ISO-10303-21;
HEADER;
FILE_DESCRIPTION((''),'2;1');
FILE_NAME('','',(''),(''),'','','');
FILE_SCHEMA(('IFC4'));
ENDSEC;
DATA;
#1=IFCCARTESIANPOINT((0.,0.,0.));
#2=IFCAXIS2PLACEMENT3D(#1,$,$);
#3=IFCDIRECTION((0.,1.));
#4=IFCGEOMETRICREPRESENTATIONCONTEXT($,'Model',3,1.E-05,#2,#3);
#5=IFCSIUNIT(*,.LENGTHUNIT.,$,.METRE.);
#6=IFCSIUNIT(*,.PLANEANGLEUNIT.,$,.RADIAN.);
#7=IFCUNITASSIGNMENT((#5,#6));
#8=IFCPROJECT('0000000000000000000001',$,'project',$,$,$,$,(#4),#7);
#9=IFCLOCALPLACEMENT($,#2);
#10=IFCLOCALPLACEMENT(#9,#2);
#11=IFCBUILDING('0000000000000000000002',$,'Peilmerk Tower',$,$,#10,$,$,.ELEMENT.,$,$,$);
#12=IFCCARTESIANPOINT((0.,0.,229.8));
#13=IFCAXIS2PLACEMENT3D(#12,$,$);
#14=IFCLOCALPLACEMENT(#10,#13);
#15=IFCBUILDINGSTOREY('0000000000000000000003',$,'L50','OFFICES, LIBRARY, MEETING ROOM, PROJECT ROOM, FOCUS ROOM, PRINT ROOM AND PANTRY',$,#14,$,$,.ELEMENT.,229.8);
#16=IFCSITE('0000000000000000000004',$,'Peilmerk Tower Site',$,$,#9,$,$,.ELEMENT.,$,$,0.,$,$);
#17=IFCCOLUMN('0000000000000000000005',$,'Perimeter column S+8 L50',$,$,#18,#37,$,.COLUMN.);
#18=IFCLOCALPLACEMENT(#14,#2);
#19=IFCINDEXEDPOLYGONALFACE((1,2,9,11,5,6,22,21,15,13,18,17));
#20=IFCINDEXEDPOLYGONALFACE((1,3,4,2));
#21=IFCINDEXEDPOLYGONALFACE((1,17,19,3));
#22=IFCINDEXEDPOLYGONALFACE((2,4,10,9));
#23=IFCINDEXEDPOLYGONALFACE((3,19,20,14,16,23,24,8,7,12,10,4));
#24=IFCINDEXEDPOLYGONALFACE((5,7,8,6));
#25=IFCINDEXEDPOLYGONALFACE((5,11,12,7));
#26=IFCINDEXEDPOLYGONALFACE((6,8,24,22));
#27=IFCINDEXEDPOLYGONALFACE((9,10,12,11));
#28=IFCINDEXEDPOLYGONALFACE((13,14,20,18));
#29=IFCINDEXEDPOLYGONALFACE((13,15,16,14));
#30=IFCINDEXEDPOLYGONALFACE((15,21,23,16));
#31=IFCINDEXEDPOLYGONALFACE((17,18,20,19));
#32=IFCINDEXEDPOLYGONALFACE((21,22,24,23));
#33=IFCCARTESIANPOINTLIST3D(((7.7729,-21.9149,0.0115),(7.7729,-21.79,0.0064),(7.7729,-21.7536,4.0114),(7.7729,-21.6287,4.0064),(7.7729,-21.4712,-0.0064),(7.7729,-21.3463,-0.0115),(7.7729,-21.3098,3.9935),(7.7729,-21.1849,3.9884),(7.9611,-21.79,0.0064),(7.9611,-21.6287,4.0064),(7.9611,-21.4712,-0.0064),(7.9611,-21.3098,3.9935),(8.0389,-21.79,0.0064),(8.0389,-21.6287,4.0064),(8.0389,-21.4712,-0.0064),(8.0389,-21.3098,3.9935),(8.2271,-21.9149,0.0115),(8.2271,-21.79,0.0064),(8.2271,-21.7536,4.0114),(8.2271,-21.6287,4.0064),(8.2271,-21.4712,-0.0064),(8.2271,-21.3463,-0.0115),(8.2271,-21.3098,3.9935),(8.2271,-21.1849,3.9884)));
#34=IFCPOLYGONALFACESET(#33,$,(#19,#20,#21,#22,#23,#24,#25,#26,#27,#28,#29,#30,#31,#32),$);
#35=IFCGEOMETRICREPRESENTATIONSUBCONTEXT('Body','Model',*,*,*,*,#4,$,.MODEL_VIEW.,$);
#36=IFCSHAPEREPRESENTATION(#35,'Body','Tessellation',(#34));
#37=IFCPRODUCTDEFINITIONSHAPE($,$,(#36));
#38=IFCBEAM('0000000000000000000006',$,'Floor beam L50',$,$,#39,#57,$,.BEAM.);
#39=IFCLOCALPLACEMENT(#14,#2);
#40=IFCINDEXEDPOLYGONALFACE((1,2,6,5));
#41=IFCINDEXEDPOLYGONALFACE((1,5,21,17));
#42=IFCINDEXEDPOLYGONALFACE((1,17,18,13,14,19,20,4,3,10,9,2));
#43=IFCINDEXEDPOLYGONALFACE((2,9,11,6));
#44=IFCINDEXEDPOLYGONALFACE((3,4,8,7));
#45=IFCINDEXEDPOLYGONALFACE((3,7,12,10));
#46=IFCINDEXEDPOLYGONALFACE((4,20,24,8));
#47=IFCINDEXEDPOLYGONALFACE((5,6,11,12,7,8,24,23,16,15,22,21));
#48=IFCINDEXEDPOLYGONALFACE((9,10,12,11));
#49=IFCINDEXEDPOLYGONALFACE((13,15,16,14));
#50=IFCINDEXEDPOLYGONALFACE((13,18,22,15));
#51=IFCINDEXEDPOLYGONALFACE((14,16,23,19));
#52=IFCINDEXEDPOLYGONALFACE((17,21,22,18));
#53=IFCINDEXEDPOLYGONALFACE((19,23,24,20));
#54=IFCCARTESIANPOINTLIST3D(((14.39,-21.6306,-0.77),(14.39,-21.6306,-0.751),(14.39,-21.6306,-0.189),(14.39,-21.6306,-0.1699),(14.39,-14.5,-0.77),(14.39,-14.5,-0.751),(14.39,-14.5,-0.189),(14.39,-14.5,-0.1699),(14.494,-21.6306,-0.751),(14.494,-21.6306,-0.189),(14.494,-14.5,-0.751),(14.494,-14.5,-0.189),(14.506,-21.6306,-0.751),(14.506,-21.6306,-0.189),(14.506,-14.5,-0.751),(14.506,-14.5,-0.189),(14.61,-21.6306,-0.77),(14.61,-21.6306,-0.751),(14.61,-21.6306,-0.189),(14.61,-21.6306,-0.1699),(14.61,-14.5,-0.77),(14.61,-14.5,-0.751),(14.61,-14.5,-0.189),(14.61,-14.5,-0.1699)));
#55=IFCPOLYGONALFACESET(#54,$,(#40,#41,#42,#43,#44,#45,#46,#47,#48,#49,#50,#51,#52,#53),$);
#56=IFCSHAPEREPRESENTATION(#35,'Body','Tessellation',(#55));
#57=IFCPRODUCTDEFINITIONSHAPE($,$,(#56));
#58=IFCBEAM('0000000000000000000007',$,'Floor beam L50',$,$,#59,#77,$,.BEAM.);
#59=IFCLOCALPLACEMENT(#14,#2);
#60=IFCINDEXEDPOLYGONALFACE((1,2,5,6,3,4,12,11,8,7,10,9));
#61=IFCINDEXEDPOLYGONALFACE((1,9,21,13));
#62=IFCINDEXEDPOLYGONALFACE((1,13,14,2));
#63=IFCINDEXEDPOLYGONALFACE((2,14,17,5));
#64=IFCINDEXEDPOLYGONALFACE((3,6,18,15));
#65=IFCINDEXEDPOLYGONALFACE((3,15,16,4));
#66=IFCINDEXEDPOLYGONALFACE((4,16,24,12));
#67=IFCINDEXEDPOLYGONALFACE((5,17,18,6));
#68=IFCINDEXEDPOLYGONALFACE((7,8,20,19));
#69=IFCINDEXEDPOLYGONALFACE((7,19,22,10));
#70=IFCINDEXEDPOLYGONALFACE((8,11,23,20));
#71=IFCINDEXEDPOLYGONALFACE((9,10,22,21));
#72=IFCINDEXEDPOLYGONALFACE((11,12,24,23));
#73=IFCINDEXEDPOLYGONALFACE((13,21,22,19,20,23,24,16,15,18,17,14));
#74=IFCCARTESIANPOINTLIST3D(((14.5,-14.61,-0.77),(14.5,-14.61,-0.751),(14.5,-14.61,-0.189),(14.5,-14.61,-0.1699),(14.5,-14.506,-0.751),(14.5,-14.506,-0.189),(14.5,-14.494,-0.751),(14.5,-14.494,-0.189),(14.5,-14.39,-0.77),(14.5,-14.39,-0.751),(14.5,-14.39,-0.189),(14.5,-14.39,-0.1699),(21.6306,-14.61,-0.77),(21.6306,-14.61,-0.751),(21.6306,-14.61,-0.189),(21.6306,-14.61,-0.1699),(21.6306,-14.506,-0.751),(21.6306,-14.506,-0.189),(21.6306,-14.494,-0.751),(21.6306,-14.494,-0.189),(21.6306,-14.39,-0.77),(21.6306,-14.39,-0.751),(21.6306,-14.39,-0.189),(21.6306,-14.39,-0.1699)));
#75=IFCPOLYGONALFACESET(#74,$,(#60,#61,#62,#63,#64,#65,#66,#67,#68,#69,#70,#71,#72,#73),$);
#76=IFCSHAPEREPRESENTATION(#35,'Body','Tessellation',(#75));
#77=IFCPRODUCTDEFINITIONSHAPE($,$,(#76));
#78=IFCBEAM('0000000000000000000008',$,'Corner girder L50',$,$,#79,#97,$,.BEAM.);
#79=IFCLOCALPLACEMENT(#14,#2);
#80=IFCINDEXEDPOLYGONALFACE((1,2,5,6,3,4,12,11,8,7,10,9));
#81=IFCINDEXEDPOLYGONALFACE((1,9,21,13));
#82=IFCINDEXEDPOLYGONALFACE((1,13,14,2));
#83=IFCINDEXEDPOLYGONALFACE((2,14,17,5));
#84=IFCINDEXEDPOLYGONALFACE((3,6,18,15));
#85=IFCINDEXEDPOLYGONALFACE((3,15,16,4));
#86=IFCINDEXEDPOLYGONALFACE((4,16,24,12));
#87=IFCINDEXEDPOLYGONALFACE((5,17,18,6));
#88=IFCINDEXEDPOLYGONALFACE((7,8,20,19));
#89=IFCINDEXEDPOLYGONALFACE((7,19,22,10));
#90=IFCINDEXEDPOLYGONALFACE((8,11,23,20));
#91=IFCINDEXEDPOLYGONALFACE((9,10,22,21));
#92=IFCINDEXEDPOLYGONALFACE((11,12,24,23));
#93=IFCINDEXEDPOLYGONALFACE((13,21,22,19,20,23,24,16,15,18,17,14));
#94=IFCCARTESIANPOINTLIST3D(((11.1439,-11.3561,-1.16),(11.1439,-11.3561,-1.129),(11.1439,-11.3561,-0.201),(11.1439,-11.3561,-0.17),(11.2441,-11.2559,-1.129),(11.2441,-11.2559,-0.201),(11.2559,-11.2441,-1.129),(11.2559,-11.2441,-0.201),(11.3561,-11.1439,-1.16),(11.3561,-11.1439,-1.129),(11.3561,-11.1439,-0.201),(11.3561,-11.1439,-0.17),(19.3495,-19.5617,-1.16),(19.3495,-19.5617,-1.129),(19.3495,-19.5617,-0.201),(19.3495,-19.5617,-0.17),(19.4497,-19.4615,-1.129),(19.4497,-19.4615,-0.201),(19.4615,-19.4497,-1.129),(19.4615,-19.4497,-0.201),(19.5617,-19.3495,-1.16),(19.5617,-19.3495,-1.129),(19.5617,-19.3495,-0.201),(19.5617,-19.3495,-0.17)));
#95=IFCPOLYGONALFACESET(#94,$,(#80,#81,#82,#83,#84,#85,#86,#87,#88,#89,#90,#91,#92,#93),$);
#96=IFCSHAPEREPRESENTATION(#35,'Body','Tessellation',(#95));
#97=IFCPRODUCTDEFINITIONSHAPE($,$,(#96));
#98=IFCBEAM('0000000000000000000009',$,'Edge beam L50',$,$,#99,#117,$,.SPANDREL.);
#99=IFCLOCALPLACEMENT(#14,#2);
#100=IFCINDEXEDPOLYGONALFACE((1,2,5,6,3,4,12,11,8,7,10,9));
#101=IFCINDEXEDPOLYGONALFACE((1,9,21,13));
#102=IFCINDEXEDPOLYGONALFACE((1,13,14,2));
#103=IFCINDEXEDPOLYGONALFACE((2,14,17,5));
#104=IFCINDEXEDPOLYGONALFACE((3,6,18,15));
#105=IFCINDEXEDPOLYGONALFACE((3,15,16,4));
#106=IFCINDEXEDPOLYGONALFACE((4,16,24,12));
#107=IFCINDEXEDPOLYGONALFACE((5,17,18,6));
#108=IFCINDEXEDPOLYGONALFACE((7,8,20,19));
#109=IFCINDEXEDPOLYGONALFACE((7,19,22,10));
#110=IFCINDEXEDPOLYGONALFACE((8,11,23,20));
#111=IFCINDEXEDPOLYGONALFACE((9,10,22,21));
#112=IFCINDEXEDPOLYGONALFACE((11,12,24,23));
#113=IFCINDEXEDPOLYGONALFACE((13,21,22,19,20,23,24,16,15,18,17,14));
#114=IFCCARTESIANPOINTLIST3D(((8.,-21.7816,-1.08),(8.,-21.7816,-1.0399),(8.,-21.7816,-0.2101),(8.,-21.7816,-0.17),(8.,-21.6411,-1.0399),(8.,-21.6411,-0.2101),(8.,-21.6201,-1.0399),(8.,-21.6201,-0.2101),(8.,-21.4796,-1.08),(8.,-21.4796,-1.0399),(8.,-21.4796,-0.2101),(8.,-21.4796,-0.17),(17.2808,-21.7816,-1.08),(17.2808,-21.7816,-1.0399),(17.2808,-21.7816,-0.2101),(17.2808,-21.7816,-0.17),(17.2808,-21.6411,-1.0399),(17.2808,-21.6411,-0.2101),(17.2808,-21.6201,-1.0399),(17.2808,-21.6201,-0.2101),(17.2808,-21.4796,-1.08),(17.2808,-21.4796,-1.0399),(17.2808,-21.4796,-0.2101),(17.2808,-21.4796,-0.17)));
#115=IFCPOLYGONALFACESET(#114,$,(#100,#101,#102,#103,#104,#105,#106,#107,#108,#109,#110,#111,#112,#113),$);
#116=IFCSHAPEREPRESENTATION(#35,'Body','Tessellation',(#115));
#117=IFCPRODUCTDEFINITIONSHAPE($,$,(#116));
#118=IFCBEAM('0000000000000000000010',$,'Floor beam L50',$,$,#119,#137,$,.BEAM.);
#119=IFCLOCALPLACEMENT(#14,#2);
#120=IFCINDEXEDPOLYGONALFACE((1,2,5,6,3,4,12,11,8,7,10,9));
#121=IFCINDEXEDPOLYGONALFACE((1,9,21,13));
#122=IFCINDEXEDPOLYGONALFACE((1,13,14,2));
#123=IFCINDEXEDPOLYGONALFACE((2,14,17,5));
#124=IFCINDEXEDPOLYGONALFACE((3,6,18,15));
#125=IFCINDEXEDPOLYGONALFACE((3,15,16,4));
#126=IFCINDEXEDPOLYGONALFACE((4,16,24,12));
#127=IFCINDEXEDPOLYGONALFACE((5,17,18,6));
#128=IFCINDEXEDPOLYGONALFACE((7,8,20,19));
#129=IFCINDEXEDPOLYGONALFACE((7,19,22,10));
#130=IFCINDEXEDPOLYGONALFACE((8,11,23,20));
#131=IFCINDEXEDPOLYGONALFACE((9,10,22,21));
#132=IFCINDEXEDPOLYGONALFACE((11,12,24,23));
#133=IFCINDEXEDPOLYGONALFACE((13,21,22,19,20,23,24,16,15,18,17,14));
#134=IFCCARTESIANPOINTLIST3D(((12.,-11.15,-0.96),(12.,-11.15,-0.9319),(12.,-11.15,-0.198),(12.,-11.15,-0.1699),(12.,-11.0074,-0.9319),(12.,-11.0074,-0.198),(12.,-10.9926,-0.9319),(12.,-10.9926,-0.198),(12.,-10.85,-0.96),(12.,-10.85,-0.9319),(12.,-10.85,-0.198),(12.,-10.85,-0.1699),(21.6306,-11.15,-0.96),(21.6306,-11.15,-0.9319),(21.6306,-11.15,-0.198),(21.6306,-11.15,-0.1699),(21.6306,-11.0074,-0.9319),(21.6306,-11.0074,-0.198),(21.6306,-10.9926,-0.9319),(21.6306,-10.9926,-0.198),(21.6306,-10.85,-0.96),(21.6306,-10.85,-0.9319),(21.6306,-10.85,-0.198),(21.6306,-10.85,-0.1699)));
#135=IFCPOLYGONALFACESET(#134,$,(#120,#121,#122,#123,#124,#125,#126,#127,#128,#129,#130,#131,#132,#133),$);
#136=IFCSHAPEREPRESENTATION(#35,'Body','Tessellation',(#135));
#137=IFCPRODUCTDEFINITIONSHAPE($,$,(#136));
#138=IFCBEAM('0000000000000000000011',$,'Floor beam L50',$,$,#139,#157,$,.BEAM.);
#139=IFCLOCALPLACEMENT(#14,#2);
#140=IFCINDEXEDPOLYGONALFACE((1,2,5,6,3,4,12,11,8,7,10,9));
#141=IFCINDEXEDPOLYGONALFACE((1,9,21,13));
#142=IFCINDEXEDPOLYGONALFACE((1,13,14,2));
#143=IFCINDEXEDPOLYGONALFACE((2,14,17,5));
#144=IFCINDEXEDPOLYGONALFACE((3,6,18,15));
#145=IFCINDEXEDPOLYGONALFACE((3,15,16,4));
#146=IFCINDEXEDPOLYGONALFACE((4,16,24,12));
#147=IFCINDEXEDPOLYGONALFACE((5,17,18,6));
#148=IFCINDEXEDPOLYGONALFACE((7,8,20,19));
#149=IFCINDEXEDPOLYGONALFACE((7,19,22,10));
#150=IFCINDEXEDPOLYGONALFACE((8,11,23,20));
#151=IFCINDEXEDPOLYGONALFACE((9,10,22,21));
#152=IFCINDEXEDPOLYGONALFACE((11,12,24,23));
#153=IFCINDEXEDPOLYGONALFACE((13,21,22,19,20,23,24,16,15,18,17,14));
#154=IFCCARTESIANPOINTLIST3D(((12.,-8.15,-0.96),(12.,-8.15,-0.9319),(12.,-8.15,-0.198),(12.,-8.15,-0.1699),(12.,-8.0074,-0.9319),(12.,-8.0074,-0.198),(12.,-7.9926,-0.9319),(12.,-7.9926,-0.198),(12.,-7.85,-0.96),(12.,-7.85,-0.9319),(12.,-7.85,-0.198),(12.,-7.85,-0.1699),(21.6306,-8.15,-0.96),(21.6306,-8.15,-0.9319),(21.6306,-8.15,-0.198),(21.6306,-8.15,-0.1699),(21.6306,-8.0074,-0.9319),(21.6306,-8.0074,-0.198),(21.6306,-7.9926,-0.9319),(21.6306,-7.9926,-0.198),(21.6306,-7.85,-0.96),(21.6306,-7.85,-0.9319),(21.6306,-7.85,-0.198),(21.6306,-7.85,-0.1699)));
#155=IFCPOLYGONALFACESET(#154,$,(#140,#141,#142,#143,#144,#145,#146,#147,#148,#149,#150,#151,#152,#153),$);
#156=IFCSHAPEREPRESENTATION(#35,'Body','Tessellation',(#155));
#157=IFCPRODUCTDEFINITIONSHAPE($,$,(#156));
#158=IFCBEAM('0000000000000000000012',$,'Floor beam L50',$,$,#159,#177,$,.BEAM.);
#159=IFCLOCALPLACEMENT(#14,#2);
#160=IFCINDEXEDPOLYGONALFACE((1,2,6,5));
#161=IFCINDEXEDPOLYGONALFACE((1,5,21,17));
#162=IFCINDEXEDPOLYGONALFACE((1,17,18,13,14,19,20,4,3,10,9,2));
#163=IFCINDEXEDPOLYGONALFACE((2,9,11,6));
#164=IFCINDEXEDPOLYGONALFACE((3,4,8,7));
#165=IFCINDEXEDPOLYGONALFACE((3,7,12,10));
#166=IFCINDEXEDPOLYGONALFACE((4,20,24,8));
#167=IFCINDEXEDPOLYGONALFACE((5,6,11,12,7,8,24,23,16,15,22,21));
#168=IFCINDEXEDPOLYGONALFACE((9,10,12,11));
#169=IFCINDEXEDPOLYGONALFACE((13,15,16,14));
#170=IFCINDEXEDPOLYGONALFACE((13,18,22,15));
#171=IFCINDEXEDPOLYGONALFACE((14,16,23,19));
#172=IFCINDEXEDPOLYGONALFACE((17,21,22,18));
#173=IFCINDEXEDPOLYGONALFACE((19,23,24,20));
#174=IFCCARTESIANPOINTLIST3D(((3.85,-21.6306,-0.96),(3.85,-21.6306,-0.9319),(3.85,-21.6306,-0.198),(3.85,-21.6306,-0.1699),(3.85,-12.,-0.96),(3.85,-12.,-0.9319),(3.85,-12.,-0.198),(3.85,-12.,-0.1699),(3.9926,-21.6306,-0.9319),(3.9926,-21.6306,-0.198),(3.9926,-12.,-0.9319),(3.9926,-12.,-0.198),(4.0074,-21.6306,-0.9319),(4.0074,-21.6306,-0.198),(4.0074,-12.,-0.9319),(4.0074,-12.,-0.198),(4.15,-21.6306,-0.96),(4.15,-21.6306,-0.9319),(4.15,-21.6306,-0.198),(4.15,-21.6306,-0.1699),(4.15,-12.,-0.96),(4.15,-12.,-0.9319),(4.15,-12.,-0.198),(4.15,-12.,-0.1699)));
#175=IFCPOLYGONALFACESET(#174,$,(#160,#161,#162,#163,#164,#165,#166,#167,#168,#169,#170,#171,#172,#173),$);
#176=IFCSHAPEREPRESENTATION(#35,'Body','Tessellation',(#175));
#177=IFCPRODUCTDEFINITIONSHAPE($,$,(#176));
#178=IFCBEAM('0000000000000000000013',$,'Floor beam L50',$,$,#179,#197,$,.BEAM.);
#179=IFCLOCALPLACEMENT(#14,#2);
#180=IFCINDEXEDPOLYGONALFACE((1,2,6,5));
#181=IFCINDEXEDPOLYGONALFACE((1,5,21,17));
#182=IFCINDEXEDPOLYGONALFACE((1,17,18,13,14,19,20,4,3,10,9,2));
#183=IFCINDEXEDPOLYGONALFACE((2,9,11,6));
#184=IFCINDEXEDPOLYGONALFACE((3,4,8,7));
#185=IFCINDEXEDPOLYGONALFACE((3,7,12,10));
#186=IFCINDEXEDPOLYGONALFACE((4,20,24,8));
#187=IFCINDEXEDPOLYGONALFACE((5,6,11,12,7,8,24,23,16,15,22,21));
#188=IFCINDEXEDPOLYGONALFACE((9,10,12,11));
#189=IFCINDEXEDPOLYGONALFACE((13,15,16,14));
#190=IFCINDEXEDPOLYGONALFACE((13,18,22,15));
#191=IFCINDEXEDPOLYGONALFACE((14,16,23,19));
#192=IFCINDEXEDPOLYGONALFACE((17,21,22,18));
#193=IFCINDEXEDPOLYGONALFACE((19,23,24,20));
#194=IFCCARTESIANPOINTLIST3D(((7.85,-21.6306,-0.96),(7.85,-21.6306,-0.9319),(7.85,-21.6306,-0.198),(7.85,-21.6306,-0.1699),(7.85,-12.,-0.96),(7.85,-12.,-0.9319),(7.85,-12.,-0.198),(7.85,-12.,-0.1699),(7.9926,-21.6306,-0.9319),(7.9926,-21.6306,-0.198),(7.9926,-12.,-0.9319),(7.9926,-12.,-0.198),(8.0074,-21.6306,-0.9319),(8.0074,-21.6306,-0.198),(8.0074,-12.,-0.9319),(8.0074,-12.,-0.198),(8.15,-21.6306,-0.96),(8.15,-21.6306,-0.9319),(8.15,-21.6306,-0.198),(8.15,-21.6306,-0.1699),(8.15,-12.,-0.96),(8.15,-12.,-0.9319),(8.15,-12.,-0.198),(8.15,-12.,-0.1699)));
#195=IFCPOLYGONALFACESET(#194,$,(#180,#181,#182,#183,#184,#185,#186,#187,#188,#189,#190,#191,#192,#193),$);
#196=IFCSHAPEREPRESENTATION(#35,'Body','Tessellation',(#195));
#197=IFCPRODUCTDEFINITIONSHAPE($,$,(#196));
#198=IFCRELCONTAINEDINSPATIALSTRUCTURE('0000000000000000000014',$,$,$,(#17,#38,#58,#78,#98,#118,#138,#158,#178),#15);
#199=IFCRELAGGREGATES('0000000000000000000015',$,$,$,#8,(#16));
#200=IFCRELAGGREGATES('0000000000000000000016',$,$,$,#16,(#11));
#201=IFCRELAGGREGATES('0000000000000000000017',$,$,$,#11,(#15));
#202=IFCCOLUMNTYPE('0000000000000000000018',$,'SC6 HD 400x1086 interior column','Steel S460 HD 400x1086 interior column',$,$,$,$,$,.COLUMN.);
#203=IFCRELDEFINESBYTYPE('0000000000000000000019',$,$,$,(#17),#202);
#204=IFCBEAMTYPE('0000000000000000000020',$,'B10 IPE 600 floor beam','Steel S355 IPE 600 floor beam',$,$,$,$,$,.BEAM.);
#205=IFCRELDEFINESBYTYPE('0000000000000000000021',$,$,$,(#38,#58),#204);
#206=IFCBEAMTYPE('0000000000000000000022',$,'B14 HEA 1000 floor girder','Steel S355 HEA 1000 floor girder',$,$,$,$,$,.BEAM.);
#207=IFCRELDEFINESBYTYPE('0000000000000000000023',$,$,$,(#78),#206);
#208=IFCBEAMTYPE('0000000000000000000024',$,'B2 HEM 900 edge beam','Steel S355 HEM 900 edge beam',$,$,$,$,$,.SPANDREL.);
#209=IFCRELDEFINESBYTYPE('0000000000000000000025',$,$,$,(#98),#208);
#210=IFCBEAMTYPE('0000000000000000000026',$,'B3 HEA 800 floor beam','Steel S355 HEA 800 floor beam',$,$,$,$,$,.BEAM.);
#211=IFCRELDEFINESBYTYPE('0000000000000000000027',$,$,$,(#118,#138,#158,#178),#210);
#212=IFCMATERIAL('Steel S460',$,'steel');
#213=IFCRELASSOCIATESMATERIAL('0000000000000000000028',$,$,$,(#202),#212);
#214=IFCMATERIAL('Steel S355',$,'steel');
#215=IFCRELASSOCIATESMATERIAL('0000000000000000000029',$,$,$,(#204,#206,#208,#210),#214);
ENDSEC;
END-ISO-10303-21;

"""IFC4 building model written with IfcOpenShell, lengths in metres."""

from ifc_helpers import new_model, si_unit, direction, frame, origin, origin_2d, place, context, subcontext, project, spatial, i_section, extrude, material, material_profile, profile_set, type_object, element, save


model = new_model("IFC4")

# Units and contexts
model_context = context("Model", 3, precision=1e-05, world=origin(), true_north=direction((0.0, 1.0)))
body_context = subcontext(model_context, "Body", "Model", "MODEL_VIEW")
ifc_project = project(units=[si_unit("LENGTHUNIT", "METRE"), si_unit("PLANEANGLEUNIT", "RADIAN")], contexts=[model_context])

# Site, building, storey
site_placement = place(None, origin())
site = spatial("IfcSite", under=ifc_project, at=site_placement, Name="Peilmerk Tower Site", CompositionType="ELEMENT", RefElevation=0.0)
building_placement = place(site_placement, origin())
building = spatial("IfcBuilding", under=site, at=building_placement, Name="Peilmerk Tower", CompositionType="ELEMENT")
storey_placement = place(building_placement, frame((0.0, 0.0, 229.8)))
storey = spatial("IfcBuildingStorey", under=building, at=storey_placement, Name="L50", Description="OFFICES, LIBRARY, MEETING ROOM, PROJECT ROOM, FOCUS ROOM, PRINT ROOM AND PANTRY", CompositionType="ELEMENT", Elevation=229.8)

# Column
ifc_material_1 = material(Name="Steel S460", Category="steel")
ifc_material_profile_1 = material_profile(ifc_material_1, i_section(OverallWidth=0.4541, OverallDepth=0.5691, WebThickness=0.0779, FlangeThickness=0.125, at=origin_2d()), Name="HD 400x1086")
ifc_profile_set_1 = profile_set([ifc_material_profile_1], Name="Steel S460")
column_type = type_object("IfcColumnType", Name="SC6 HD 400x1086 interior column", Description="Steel S460 HD 400x1086 interior column", PredefinedType="COLUMN", material=ifc_profile_set_1)
column_placement = place(storey_placement, frame((8.0, -21.6306, 0.0), z_axis=(0.0, 0.040311, 0.999187), x_axis=(-1.0, 0.0, 0.0)))
element("IfcColumn", 1, at=column_placement, inside=storey, type_object=column_type, Name="Perimeter column S+8 L50", PredefinedType="COLUMN", context=body_context, shape_type="SweptSolid", body=[
    extrude(i_section(OverallWidth=0.4541, OverallDepth=0.5691, WebThickness=0.0779, FlangeThickness=0.125, at=origin_2d()), origin(), (0.0, 0.0, 1.0), 4.0032),
])

# Beams
ifc_material_2 = material(Name="Steel S355", Category="steel")
ifc_material_profile_2 = material_profile(ifc_material_2, i_section(OverallWidth=0.22, OverallDepth=0.6001, WebThickness=0.012, FlangeThickness=0.019, at=origin_2d()), Name="IPE 600")
ifc_profile_set_2 = profile_set([ifc_material_profile_2], Name="Steel S355")
beam_type_1 = type_object("IfcBeamType", Name="B10 IPE 600 floor beam", Description="Steel S355 IPE 600 floor beam", PredefinedType="BEAM", material=ifc_profile_set_2)
for number, where, z_axis, x_axis, name in (
    (2, (14.5, -14.5, -0.47), (0.0, -1.0, 0.0), (1.0, 0.0, 0.0), "Floor beam L50"),
    (3, (14.5, -14.5, -0.47), (1.0, 0.0, 0.0), (0.0, 1.0, 0.0), "Floor beam L50"),
):
    element("IfcBeam", number, at=place(storey_placement, frame(where, z_axis=z_axis, x_axis=x_axis)), inside=storey, type_object=beam_type_1, Name=name, PredefinedType="BEAM", context=body_context, shape_type="SweptSolid", body=[
        extrude(i_section(OverallWidth=0.22, OverallDepth=0.6001, WebThickness=0.012, FlangeThickness=0.019, at=origin_2d()), origin(), (0.0, 0.0, 1.0), 7.1306),
    ])
ifc_material_profile_3 = material_profile(ifc_material_2, i_section(OverallWidth=0.3, OverallDepth=0.99, WebThickness=0.0166, FlangeThickness=0.031, at=origin_2d()), Name="HEA 1000")
ifc_profile_set_3 = profile_set([ifc_material_profile_3], Name="Steel S355")
beam_type_2 = type_object("IfcBeamType", Name="B14 HEA 1000 floor girder", Description="Steel S355 HEA 1000 floor girder", PredefinedType="BEAM", material=ifc_profile_set_3)
beam_1_placement = place(storey_placement, frame((11.25, -11.25, -0.665), z_axis=(0.707107, -0.707107, 0.0), x_axis=(0.707107, 0.707107, 0.0)))
element("IfcBeam", 4, at=beam_1_placement, inside=storey, type_object=beam_type_2, Name="Corner girder L50", PredefinedType="BEAM", context=body_context, shape_type="SweptSolid", body=[
    extrude(i_section(OverallWidth=0.3, OverallDepth=0.99, WebThickness=0.0166, FlangeThickness=0.031, at=origin_2d()), origin(), (0.0, 0.0, 1.0), 11.6045),
])
ifc_material_profile_4 = material_profile(ifc_material_2, i_section(OverallWidth=0.302, OverallDepth=0.9099, WebThickness=0.021, FlangeThickness=0.04, at=origin_2d()), Name="HEM 900")
ifc_profile_set_4 = profile_set([ifc_material_profile_4], Name="Steel S355")
beam_type_3 = type_object("IfcBeamType", Name="B2 HEM 900 edge beam", Description="Steel S355 HEM 900 edge beam", PredefinedType="SPANDREL", material=ifc_profile_set_4)
beam_2_placement = place(storey_placement, frame((8.0, -21.6306, -0.625), z_axis=(1.0, 0.0, 0.0), x_axis=(0.0, 1.0, 0.0)))
element("IfcBeam", 5, at=beam_2_placement, inside=storey, type_object=beam_type_3, Name="Edge beam L50", PredefinedType="SPANDREL", context=body_context, shape_type="SweptSolid", body=[
    extrude(i_section(OverallWidth=0.302, OverallDepth=0.9099, WebThickness=0.021, FlangeThickness=0.04, at=origin_2d()), origin(), (0.0, 0.0, 1.0), 9.2808),
])
ifc_material_profile_5 = material_profile(ifc_material_2, i_section(OverallWidth=0.3, OverallDepth=0.79, WebThickness=0.0149, FlangeThickness=0.0281, at=origin_2d()), Name="HEA 800")
ifc_profile_set_5 = profile_set([ifc_material_profile_5], Name="Steel S355")
beam_type_4 = type_object("IfcBeamType", Name="B3 HEA 800 floor beam", Description="Steel S355 HEA 800 floor beam", PredefinedType="BEAM", material=ifc_profile_set_5)
for number, where, z_axis, x_axis, name in (
    (6, (12.0, -11.0, -0.5649), (1.0, 0.0, 0.0), (0.0, 1.0, 0.0), "Floor beam L50"),
    (7, (12.0, -8.0, -0.5649), (1.0, 0.0, 0.0), (0.0, 1.0, 0.0), "Floor beam L50"),
    (8, (4.0, -12.0, -0.5649), (0.0, -1.0, 0.0), (1.0, 0.0, 0.0), "Floor beam L50"),
    (9, (8.0, -12.0, -0.5649), (0.0, -1.0, 0.0), (1.0, 0.0, 0.0), "Floor beam L50"),
):
    element("IfcBeam", number, at=place(storey_placement, frame(where, z_axis=z_axis, x_axis=x_axis)), inside=storey, type_object=beam_type_4, Name=name, PredefinedType="BEAM", context=body_context, shape_type="SweptSolid", body=[
        extrude(i_section(OverallWidth=0.3, OverallDepth=0.79, WebThickness=0.0149, FlangeThickness=0.0281, at=origin_2d()), origin(), (0.0, 0.0, 1.0), 9.6306),
    ])

save(model, "model.ifc")
